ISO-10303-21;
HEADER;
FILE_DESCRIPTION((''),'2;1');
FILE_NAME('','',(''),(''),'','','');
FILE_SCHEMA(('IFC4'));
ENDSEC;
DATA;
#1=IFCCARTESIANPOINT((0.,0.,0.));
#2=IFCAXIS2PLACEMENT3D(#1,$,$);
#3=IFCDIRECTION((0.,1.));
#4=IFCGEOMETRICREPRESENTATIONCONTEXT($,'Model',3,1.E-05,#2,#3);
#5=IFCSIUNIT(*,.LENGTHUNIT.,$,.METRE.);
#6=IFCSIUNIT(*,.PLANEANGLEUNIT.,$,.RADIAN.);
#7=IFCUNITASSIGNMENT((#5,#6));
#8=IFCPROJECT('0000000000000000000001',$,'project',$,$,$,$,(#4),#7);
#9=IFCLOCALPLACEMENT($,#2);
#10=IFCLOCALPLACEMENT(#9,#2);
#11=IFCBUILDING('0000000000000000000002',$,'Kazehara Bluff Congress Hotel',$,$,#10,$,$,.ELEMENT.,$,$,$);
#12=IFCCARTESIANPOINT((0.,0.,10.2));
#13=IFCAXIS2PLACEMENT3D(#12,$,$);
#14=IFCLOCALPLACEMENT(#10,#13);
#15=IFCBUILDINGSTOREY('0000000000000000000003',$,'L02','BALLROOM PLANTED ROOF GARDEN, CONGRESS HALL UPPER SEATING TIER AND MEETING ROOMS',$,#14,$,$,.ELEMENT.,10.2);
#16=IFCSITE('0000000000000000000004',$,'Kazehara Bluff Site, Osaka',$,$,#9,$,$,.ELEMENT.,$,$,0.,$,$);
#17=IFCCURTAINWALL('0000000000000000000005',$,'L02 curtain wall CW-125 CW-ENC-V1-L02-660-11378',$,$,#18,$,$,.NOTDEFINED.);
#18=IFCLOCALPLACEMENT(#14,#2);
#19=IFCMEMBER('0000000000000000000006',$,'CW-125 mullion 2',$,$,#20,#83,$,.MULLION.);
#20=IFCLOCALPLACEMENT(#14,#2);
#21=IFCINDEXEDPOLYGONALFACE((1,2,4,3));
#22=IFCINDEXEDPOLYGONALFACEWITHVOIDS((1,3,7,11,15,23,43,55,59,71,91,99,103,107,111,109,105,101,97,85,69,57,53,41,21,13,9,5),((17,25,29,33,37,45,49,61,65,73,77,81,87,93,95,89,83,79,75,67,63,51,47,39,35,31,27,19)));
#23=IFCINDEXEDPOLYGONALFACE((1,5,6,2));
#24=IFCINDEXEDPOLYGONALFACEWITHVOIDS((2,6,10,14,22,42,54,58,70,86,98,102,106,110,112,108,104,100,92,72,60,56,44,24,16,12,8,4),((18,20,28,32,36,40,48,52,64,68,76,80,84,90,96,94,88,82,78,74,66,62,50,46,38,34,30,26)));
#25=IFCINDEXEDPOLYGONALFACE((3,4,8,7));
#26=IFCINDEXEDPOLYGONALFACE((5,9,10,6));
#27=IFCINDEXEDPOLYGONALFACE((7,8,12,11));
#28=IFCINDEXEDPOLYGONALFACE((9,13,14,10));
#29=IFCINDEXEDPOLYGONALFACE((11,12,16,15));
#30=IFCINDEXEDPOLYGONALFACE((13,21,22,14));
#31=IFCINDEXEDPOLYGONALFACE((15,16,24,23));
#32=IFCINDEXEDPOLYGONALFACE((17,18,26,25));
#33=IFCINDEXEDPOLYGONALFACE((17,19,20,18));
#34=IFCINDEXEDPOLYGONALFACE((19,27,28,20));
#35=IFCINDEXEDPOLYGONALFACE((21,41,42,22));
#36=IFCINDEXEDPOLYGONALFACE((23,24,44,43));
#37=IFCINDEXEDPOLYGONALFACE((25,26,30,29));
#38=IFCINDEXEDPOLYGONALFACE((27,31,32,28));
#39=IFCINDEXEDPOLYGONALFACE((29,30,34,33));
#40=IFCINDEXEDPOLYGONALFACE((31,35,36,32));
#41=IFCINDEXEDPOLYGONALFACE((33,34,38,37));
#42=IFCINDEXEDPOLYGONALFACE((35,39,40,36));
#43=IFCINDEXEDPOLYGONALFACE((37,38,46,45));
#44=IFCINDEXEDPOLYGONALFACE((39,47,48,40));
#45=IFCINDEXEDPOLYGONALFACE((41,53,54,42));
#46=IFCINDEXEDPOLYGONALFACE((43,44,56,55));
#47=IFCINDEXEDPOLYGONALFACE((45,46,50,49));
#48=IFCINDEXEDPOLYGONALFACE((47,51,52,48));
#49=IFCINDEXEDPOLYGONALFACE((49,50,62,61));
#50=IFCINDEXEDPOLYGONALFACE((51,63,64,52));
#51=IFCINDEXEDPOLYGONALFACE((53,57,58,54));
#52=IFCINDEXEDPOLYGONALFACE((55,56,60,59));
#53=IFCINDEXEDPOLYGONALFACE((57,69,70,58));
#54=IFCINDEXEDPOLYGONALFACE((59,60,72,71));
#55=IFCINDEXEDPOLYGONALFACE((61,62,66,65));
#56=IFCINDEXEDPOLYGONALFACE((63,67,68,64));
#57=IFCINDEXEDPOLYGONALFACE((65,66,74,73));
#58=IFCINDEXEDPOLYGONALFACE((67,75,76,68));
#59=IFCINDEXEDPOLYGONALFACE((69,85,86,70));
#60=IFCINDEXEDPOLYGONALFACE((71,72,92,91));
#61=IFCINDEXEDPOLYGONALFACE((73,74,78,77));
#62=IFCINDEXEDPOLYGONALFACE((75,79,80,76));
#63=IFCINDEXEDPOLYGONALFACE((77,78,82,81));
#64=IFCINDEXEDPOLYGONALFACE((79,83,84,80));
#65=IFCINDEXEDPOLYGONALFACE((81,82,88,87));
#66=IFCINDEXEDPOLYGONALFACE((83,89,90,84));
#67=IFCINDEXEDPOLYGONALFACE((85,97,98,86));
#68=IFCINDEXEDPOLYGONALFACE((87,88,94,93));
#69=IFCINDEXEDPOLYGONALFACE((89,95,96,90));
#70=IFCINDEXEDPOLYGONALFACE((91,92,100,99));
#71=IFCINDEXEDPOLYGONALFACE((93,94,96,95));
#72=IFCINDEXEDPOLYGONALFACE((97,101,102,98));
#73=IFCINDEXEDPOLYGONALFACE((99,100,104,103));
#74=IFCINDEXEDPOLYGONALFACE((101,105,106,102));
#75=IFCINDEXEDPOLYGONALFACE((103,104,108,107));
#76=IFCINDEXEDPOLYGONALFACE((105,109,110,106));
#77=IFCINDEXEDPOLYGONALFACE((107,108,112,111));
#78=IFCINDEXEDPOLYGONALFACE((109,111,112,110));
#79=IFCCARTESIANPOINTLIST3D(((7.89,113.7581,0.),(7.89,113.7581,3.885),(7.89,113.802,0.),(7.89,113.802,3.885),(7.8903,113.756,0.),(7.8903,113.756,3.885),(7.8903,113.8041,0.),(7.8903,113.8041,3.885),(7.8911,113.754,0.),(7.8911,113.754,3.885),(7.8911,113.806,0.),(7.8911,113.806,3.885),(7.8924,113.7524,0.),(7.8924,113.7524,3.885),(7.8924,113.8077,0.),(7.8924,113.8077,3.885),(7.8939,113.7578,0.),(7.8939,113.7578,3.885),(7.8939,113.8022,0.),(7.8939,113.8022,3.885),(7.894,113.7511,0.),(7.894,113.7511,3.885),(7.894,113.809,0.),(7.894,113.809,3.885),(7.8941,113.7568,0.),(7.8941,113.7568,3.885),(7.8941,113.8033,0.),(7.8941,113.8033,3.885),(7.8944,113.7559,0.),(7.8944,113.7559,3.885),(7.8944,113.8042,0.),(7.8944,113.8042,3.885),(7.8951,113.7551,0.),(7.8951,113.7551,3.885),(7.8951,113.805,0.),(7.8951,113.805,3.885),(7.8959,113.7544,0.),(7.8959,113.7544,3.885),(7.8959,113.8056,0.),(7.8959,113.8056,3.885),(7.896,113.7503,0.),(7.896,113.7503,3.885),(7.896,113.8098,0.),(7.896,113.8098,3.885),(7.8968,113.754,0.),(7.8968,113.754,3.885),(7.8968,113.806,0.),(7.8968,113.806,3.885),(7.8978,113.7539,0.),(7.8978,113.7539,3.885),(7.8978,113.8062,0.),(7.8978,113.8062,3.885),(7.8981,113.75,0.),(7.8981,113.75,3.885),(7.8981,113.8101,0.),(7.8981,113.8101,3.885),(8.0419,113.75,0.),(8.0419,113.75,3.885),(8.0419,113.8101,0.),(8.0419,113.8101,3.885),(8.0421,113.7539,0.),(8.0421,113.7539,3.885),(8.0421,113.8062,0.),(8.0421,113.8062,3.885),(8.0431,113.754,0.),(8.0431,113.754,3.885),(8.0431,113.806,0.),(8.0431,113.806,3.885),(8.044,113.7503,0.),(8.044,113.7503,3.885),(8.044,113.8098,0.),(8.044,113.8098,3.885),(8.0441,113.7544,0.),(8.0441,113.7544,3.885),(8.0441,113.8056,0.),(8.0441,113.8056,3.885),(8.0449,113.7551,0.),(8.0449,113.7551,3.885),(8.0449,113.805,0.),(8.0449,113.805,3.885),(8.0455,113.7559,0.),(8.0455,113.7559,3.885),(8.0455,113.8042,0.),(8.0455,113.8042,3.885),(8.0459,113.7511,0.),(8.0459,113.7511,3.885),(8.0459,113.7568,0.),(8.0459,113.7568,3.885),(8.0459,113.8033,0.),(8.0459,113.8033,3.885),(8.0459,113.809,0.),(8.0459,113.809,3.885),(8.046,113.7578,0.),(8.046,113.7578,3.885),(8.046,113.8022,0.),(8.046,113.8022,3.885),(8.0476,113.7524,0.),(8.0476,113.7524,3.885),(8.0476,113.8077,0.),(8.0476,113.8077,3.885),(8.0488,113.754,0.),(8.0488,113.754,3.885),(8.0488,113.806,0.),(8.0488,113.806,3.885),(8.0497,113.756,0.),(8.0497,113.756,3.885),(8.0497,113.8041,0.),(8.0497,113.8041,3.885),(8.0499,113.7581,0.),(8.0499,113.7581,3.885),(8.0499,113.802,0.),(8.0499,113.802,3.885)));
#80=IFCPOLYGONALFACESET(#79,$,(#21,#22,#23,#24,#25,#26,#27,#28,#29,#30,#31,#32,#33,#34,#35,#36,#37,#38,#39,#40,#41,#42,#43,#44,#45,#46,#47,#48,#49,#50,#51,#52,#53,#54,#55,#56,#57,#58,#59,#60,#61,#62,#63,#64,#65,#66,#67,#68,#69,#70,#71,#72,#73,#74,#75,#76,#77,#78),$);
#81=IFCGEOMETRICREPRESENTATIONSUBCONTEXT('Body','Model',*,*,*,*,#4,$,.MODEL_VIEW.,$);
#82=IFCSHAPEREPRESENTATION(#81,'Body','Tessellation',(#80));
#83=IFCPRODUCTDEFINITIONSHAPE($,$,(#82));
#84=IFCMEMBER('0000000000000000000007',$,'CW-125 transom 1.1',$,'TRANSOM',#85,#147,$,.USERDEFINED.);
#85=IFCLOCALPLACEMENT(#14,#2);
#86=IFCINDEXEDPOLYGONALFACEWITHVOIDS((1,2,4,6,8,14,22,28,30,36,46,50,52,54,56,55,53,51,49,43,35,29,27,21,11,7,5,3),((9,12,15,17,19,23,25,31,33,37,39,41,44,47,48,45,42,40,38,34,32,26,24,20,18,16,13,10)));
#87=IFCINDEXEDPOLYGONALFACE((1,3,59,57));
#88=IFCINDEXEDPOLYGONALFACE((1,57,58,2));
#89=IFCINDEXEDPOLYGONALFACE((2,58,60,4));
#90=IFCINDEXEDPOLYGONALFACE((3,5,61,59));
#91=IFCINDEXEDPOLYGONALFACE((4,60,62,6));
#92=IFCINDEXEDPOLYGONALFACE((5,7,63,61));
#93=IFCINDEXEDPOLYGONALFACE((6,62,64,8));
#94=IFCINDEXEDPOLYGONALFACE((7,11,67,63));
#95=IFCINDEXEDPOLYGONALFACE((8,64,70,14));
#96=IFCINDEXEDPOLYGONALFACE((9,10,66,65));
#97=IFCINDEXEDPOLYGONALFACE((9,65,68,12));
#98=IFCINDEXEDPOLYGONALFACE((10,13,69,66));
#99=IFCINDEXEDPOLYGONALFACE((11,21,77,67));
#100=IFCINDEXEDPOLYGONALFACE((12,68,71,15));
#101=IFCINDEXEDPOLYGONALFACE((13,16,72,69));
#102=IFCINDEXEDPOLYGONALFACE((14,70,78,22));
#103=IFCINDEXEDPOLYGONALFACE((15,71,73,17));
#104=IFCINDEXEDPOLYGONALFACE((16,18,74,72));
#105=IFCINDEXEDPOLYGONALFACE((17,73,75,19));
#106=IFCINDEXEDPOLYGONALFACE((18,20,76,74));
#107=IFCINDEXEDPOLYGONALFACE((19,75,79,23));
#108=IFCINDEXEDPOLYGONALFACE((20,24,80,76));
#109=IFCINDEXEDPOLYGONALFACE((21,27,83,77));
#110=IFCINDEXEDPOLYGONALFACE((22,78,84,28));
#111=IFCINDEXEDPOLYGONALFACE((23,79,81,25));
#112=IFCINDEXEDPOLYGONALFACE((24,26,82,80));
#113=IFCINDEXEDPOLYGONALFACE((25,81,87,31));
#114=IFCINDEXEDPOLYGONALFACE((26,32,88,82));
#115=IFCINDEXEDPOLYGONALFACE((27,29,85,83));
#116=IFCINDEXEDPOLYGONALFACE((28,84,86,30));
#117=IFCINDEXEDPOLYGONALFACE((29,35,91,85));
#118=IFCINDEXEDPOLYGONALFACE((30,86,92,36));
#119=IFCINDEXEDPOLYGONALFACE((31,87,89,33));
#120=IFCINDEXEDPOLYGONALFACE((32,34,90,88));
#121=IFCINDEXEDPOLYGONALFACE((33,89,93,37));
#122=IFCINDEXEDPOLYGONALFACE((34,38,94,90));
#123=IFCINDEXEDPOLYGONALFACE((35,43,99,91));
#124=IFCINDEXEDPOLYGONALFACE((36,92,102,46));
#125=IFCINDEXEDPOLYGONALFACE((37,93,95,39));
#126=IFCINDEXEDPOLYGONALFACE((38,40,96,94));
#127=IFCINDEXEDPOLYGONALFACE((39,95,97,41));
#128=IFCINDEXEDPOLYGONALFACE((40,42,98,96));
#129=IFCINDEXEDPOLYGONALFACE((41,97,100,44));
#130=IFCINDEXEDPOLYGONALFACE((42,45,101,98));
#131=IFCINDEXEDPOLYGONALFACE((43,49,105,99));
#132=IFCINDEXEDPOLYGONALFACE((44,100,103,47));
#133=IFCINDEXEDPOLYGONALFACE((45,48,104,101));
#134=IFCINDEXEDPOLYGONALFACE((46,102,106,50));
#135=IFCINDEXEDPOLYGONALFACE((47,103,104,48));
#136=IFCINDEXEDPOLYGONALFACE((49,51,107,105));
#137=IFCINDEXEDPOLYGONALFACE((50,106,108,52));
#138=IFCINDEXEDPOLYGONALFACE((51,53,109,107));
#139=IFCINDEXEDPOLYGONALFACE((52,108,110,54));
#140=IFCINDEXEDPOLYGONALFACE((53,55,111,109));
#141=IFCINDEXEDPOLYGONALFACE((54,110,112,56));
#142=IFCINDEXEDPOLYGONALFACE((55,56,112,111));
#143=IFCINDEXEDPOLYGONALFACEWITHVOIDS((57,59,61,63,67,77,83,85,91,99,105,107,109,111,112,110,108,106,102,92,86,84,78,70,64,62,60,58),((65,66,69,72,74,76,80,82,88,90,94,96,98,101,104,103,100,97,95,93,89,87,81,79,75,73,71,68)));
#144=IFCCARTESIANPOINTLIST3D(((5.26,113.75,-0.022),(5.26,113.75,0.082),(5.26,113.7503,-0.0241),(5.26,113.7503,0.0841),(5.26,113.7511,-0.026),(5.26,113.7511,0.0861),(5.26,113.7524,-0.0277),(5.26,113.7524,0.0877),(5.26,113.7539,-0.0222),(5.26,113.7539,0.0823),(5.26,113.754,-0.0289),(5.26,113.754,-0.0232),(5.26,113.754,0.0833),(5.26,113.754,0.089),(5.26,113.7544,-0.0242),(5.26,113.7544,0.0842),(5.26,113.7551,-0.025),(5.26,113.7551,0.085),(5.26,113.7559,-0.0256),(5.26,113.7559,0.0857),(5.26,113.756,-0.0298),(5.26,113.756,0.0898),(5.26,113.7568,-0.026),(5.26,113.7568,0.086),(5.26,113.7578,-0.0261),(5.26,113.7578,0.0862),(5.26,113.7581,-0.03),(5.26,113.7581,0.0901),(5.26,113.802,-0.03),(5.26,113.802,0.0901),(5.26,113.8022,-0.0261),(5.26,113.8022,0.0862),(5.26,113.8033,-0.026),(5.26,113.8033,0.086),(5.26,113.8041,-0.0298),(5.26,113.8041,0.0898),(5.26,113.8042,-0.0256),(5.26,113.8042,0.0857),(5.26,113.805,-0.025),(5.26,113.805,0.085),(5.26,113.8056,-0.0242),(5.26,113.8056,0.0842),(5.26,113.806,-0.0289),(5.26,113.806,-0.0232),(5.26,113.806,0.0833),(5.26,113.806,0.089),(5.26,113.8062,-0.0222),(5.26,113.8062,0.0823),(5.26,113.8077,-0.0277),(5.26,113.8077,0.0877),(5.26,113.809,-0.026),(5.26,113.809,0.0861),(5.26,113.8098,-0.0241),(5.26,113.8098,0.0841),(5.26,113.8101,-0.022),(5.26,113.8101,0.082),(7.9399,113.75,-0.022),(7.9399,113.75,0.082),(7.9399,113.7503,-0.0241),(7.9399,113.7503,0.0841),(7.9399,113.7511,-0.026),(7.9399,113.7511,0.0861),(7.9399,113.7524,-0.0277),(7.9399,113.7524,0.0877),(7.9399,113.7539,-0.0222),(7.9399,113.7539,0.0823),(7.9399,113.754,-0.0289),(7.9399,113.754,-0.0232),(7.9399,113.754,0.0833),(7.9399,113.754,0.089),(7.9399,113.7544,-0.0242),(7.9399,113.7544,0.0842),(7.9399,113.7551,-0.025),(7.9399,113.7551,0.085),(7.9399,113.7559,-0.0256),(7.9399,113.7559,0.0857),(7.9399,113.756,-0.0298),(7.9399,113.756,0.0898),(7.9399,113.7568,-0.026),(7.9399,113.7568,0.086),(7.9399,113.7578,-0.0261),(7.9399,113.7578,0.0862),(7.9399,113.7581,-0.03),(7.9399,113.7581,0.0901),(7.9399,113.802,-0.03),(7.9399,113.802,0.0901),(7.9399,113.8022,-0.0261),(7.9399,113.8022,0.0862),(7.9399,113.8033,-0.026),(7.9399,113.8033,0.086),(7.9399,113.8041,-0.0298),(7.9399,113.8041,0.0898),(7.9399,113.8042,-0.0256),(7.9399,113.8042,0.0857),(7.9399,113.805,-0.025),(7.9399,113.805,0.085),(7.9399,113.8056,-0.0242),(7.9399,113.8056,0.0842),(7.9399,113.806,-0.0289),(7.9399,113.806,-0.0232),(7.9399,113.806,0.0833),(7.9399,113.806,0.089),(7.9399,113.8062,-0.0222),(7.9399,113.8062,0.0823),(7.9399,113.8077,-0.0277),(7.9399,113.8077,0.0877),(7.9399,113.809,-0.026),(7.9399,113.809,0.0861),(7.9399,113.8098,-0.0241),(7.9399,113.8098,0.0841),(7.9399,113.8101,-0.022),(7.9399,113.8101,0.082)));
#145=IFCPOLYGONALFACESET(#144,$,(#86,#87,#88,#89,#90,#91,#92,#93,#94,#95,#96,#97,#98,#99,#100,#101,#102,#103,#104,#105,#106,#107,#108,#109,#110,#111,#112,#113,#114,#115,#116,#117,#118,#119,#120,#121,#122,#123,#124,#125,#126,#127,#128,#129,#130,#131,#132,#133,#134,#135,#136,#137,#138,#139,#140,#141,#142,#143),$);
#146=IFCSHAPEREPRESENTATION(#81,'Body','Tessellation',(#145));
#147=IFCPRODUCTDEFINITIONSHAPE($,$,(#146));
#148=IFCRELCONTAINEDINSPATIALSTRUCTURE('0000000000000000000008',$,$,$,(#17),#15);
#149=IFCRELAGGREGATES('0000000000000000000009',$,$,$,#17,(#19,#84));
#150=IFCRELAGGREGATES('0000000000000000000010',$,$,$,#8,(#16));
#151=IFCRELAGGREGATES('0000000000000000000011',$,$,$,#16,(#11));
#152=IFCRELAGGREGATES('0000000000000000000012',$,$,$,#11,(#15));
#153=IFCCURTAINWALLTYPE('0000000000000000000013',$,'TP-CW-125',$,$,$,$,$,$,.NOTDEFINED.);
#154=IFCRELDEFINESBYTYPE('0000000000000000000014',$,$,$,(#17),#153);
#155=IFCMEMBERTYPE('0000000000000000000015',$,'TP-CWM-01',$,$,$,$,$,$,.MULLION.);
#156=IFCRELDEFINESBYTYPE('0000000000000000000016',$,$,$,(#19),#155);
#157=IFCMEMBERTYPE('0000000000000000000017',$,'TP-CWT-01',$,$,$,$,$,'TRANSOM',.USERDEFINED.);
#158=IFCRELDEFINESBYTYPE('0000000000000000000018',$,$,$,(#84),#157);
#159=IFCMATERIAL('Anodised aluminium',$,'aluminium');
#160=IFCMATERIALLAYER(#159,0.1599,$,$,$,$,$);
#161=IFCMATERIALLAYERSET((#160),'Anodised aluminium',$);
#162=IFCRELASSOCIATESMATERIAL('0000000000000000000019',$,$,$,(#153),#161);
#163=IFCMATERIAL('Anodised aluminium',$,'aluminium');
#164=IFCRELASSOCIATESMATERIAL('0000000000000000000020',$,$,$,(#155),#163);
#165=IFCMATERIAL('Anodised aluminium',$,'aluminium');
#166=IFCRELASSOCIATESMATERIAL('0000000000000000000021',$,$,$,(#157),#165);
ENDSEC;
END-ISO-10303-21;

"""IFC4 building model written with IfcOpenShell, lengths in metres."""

from ifc_helpers import new_model, si_unit, direction, frame, origin, origin_2d, place, context, subcontext, project, spatial, hollow_rectangle, extrude, material, layer, layer_set, material_profile, profile_set, type_object, element, aggregate, save


model = new_model("IFC4")

# Units and contexts
model_context = context("Model", 3, precision=1e-05, world=origin(), true_north=direction((0.0, 1.0)))
body_context = subcontext(model_context, "Body", "Model", "MODEL_VIEW")
ifc_project = project(units=[si_unit("LENGTHUNIT", "METRE"), si_unit("PLANEANGLEUNIT", "RADIAN")], contexts=[model_context])

# Site, building, storey
site_placement = place(None, origin())
site = spatial("IfcSite", under=ifc_project, at=site_placement, Name="Kazehara Bluff Site, Osaka", CompositionType="ELEMENT", RefElevation=0.0)
building_placement = place(site_placement, origin())
building = spatial("IfcBuilding", under=site, at=building_placement, Name="Kazehara Bluff Congress Hotel", CompositionType="ELEMENT")
storey_placement = place(building_placement, frame((0.0, 0.0, 10.2)))
storey = spatial("IfcBuildingStorey", under=building, at=storey_placement, Name="L02", Description="BALLROOM PLANTED ROOF GARDEN, CONGRESS HALL UPPER SEATING TIER AND MEETING ROOMS", CompositionType="ELEMENT", Elevation=10.2)

# Curtain wall, members
ifc_material_1 = material(Name="Anodised aluminium", Category="aluminium")
ifc_layer_1 = layer(ifc_material_1, 0.1599)
ifc_layer_set_1 = layer_set([ifc_layer_1], Name="Anodised aluminium")
curtain_wall_type = type_object("IfcCurtainWallType", Name="TP-CW-125", PredefinedType="NOTDEFINED", material=ifc_layer_set_1)
curtain_wall_placement = place(storey_placement, origin())
curtain_wall = element("IfcCurtainWall", 1, at=curtain_wall_placement, inside=storey, type_object=curtain_wall_type, Name="L02 curtain wall CW-125 CW-ENC-V1-L02-660-11378", PredefinedType="NOTDEFINED")
ifc_material_2 = material(Name="Anodised aluminium", Category="aluminium")
ifc_material_profile_1 = material_profile(ifc_material_2, hollow_rectangle(XDim=0.0601, YDim=0.1599, WallThickness=0.0039, InnerFilletRadius=0.0039, OuterFilletRadius=0.0081, at=origin_2d()))
ifc_profile_set_1 = profile_set([ifc_material_profile_1], Name="Anodised aluminium")
member_type_1 = type_object("IfcMemberType", Name="TP-CWM-01", PredefinedType="MULLION", material=ifc_profile_set_1)
member_1_placement = place(storey_placement, frame((7.97, 113.78, 0.0), z_axis=(0.0, 0.0, 1.0), x_axis=(0.0, 1.0, 0.0)))
member_1 = element("IfcMember", 2, at=member_1_placement, type_object=member_type_1, Name="CW-125 mullion 2", PredefinedType="MULLION", context=body_context, shape_type="SweptSolid", body=[
    extrude(hollow_rectangle(XDim=0.0601, YDim=0.1599, WallThickness=0.0039, InnerFilletRadius=0.0039, OuterFilletRadius=0.0081, at=origin_2d()), origin(), (0.0, 0.0, 1.0), 3.885),
])
ifc_material_3 = material(Name="Anodised aluminium", Category="aluminium")
ifc_material_profile_2 = material_profile(ifc_material_3, hollow_rectangle(XDim=0.0601, YDim=0.1201, WallThickness=0.0039, InnerFilletRadius=0.0039, OuterFilletRadius=0.0081, at=origin_2d()))
ifc_profile_set_2 = profile_set([ifc_material_profile_2], Name="Anodised aluminium")
member_type_2 = type_object("IfcMemberType", Name="TP-CWT-01", ElementType="TRANSOM", PredefinedType="USERDEFINED", material=ifc_profile_set_2)
member_2_placement = place(storey_placement, frame((5.26, 113.78, 0.03), z_axis=(1.0, 0.0, 0.0), x_axis=(0.0, 1.0, 0.0)))
member_2 = element("IfcMember", 3, at=member_2_placement, type_object=member_type_2, Name="CW-125 transom 1.1", ObjectType="TRANSOM", PredefinedType="USERDEFINED", context=body_context, shape_type="SweptSolid", body=[
    extrude(hollow_rectangle(XDim=0.0601, YDim=0.1201, WallThickness=0.0039, InnerFilletRadius=0.0039, OuterFilletRadius=0.0081, at=origin_2d()), origin(), (0.0, 0.0, 1.0), 2.6799),
])

aggregate(curtain_wall, [member_1, member_2])

save(model, "model.ifc")
